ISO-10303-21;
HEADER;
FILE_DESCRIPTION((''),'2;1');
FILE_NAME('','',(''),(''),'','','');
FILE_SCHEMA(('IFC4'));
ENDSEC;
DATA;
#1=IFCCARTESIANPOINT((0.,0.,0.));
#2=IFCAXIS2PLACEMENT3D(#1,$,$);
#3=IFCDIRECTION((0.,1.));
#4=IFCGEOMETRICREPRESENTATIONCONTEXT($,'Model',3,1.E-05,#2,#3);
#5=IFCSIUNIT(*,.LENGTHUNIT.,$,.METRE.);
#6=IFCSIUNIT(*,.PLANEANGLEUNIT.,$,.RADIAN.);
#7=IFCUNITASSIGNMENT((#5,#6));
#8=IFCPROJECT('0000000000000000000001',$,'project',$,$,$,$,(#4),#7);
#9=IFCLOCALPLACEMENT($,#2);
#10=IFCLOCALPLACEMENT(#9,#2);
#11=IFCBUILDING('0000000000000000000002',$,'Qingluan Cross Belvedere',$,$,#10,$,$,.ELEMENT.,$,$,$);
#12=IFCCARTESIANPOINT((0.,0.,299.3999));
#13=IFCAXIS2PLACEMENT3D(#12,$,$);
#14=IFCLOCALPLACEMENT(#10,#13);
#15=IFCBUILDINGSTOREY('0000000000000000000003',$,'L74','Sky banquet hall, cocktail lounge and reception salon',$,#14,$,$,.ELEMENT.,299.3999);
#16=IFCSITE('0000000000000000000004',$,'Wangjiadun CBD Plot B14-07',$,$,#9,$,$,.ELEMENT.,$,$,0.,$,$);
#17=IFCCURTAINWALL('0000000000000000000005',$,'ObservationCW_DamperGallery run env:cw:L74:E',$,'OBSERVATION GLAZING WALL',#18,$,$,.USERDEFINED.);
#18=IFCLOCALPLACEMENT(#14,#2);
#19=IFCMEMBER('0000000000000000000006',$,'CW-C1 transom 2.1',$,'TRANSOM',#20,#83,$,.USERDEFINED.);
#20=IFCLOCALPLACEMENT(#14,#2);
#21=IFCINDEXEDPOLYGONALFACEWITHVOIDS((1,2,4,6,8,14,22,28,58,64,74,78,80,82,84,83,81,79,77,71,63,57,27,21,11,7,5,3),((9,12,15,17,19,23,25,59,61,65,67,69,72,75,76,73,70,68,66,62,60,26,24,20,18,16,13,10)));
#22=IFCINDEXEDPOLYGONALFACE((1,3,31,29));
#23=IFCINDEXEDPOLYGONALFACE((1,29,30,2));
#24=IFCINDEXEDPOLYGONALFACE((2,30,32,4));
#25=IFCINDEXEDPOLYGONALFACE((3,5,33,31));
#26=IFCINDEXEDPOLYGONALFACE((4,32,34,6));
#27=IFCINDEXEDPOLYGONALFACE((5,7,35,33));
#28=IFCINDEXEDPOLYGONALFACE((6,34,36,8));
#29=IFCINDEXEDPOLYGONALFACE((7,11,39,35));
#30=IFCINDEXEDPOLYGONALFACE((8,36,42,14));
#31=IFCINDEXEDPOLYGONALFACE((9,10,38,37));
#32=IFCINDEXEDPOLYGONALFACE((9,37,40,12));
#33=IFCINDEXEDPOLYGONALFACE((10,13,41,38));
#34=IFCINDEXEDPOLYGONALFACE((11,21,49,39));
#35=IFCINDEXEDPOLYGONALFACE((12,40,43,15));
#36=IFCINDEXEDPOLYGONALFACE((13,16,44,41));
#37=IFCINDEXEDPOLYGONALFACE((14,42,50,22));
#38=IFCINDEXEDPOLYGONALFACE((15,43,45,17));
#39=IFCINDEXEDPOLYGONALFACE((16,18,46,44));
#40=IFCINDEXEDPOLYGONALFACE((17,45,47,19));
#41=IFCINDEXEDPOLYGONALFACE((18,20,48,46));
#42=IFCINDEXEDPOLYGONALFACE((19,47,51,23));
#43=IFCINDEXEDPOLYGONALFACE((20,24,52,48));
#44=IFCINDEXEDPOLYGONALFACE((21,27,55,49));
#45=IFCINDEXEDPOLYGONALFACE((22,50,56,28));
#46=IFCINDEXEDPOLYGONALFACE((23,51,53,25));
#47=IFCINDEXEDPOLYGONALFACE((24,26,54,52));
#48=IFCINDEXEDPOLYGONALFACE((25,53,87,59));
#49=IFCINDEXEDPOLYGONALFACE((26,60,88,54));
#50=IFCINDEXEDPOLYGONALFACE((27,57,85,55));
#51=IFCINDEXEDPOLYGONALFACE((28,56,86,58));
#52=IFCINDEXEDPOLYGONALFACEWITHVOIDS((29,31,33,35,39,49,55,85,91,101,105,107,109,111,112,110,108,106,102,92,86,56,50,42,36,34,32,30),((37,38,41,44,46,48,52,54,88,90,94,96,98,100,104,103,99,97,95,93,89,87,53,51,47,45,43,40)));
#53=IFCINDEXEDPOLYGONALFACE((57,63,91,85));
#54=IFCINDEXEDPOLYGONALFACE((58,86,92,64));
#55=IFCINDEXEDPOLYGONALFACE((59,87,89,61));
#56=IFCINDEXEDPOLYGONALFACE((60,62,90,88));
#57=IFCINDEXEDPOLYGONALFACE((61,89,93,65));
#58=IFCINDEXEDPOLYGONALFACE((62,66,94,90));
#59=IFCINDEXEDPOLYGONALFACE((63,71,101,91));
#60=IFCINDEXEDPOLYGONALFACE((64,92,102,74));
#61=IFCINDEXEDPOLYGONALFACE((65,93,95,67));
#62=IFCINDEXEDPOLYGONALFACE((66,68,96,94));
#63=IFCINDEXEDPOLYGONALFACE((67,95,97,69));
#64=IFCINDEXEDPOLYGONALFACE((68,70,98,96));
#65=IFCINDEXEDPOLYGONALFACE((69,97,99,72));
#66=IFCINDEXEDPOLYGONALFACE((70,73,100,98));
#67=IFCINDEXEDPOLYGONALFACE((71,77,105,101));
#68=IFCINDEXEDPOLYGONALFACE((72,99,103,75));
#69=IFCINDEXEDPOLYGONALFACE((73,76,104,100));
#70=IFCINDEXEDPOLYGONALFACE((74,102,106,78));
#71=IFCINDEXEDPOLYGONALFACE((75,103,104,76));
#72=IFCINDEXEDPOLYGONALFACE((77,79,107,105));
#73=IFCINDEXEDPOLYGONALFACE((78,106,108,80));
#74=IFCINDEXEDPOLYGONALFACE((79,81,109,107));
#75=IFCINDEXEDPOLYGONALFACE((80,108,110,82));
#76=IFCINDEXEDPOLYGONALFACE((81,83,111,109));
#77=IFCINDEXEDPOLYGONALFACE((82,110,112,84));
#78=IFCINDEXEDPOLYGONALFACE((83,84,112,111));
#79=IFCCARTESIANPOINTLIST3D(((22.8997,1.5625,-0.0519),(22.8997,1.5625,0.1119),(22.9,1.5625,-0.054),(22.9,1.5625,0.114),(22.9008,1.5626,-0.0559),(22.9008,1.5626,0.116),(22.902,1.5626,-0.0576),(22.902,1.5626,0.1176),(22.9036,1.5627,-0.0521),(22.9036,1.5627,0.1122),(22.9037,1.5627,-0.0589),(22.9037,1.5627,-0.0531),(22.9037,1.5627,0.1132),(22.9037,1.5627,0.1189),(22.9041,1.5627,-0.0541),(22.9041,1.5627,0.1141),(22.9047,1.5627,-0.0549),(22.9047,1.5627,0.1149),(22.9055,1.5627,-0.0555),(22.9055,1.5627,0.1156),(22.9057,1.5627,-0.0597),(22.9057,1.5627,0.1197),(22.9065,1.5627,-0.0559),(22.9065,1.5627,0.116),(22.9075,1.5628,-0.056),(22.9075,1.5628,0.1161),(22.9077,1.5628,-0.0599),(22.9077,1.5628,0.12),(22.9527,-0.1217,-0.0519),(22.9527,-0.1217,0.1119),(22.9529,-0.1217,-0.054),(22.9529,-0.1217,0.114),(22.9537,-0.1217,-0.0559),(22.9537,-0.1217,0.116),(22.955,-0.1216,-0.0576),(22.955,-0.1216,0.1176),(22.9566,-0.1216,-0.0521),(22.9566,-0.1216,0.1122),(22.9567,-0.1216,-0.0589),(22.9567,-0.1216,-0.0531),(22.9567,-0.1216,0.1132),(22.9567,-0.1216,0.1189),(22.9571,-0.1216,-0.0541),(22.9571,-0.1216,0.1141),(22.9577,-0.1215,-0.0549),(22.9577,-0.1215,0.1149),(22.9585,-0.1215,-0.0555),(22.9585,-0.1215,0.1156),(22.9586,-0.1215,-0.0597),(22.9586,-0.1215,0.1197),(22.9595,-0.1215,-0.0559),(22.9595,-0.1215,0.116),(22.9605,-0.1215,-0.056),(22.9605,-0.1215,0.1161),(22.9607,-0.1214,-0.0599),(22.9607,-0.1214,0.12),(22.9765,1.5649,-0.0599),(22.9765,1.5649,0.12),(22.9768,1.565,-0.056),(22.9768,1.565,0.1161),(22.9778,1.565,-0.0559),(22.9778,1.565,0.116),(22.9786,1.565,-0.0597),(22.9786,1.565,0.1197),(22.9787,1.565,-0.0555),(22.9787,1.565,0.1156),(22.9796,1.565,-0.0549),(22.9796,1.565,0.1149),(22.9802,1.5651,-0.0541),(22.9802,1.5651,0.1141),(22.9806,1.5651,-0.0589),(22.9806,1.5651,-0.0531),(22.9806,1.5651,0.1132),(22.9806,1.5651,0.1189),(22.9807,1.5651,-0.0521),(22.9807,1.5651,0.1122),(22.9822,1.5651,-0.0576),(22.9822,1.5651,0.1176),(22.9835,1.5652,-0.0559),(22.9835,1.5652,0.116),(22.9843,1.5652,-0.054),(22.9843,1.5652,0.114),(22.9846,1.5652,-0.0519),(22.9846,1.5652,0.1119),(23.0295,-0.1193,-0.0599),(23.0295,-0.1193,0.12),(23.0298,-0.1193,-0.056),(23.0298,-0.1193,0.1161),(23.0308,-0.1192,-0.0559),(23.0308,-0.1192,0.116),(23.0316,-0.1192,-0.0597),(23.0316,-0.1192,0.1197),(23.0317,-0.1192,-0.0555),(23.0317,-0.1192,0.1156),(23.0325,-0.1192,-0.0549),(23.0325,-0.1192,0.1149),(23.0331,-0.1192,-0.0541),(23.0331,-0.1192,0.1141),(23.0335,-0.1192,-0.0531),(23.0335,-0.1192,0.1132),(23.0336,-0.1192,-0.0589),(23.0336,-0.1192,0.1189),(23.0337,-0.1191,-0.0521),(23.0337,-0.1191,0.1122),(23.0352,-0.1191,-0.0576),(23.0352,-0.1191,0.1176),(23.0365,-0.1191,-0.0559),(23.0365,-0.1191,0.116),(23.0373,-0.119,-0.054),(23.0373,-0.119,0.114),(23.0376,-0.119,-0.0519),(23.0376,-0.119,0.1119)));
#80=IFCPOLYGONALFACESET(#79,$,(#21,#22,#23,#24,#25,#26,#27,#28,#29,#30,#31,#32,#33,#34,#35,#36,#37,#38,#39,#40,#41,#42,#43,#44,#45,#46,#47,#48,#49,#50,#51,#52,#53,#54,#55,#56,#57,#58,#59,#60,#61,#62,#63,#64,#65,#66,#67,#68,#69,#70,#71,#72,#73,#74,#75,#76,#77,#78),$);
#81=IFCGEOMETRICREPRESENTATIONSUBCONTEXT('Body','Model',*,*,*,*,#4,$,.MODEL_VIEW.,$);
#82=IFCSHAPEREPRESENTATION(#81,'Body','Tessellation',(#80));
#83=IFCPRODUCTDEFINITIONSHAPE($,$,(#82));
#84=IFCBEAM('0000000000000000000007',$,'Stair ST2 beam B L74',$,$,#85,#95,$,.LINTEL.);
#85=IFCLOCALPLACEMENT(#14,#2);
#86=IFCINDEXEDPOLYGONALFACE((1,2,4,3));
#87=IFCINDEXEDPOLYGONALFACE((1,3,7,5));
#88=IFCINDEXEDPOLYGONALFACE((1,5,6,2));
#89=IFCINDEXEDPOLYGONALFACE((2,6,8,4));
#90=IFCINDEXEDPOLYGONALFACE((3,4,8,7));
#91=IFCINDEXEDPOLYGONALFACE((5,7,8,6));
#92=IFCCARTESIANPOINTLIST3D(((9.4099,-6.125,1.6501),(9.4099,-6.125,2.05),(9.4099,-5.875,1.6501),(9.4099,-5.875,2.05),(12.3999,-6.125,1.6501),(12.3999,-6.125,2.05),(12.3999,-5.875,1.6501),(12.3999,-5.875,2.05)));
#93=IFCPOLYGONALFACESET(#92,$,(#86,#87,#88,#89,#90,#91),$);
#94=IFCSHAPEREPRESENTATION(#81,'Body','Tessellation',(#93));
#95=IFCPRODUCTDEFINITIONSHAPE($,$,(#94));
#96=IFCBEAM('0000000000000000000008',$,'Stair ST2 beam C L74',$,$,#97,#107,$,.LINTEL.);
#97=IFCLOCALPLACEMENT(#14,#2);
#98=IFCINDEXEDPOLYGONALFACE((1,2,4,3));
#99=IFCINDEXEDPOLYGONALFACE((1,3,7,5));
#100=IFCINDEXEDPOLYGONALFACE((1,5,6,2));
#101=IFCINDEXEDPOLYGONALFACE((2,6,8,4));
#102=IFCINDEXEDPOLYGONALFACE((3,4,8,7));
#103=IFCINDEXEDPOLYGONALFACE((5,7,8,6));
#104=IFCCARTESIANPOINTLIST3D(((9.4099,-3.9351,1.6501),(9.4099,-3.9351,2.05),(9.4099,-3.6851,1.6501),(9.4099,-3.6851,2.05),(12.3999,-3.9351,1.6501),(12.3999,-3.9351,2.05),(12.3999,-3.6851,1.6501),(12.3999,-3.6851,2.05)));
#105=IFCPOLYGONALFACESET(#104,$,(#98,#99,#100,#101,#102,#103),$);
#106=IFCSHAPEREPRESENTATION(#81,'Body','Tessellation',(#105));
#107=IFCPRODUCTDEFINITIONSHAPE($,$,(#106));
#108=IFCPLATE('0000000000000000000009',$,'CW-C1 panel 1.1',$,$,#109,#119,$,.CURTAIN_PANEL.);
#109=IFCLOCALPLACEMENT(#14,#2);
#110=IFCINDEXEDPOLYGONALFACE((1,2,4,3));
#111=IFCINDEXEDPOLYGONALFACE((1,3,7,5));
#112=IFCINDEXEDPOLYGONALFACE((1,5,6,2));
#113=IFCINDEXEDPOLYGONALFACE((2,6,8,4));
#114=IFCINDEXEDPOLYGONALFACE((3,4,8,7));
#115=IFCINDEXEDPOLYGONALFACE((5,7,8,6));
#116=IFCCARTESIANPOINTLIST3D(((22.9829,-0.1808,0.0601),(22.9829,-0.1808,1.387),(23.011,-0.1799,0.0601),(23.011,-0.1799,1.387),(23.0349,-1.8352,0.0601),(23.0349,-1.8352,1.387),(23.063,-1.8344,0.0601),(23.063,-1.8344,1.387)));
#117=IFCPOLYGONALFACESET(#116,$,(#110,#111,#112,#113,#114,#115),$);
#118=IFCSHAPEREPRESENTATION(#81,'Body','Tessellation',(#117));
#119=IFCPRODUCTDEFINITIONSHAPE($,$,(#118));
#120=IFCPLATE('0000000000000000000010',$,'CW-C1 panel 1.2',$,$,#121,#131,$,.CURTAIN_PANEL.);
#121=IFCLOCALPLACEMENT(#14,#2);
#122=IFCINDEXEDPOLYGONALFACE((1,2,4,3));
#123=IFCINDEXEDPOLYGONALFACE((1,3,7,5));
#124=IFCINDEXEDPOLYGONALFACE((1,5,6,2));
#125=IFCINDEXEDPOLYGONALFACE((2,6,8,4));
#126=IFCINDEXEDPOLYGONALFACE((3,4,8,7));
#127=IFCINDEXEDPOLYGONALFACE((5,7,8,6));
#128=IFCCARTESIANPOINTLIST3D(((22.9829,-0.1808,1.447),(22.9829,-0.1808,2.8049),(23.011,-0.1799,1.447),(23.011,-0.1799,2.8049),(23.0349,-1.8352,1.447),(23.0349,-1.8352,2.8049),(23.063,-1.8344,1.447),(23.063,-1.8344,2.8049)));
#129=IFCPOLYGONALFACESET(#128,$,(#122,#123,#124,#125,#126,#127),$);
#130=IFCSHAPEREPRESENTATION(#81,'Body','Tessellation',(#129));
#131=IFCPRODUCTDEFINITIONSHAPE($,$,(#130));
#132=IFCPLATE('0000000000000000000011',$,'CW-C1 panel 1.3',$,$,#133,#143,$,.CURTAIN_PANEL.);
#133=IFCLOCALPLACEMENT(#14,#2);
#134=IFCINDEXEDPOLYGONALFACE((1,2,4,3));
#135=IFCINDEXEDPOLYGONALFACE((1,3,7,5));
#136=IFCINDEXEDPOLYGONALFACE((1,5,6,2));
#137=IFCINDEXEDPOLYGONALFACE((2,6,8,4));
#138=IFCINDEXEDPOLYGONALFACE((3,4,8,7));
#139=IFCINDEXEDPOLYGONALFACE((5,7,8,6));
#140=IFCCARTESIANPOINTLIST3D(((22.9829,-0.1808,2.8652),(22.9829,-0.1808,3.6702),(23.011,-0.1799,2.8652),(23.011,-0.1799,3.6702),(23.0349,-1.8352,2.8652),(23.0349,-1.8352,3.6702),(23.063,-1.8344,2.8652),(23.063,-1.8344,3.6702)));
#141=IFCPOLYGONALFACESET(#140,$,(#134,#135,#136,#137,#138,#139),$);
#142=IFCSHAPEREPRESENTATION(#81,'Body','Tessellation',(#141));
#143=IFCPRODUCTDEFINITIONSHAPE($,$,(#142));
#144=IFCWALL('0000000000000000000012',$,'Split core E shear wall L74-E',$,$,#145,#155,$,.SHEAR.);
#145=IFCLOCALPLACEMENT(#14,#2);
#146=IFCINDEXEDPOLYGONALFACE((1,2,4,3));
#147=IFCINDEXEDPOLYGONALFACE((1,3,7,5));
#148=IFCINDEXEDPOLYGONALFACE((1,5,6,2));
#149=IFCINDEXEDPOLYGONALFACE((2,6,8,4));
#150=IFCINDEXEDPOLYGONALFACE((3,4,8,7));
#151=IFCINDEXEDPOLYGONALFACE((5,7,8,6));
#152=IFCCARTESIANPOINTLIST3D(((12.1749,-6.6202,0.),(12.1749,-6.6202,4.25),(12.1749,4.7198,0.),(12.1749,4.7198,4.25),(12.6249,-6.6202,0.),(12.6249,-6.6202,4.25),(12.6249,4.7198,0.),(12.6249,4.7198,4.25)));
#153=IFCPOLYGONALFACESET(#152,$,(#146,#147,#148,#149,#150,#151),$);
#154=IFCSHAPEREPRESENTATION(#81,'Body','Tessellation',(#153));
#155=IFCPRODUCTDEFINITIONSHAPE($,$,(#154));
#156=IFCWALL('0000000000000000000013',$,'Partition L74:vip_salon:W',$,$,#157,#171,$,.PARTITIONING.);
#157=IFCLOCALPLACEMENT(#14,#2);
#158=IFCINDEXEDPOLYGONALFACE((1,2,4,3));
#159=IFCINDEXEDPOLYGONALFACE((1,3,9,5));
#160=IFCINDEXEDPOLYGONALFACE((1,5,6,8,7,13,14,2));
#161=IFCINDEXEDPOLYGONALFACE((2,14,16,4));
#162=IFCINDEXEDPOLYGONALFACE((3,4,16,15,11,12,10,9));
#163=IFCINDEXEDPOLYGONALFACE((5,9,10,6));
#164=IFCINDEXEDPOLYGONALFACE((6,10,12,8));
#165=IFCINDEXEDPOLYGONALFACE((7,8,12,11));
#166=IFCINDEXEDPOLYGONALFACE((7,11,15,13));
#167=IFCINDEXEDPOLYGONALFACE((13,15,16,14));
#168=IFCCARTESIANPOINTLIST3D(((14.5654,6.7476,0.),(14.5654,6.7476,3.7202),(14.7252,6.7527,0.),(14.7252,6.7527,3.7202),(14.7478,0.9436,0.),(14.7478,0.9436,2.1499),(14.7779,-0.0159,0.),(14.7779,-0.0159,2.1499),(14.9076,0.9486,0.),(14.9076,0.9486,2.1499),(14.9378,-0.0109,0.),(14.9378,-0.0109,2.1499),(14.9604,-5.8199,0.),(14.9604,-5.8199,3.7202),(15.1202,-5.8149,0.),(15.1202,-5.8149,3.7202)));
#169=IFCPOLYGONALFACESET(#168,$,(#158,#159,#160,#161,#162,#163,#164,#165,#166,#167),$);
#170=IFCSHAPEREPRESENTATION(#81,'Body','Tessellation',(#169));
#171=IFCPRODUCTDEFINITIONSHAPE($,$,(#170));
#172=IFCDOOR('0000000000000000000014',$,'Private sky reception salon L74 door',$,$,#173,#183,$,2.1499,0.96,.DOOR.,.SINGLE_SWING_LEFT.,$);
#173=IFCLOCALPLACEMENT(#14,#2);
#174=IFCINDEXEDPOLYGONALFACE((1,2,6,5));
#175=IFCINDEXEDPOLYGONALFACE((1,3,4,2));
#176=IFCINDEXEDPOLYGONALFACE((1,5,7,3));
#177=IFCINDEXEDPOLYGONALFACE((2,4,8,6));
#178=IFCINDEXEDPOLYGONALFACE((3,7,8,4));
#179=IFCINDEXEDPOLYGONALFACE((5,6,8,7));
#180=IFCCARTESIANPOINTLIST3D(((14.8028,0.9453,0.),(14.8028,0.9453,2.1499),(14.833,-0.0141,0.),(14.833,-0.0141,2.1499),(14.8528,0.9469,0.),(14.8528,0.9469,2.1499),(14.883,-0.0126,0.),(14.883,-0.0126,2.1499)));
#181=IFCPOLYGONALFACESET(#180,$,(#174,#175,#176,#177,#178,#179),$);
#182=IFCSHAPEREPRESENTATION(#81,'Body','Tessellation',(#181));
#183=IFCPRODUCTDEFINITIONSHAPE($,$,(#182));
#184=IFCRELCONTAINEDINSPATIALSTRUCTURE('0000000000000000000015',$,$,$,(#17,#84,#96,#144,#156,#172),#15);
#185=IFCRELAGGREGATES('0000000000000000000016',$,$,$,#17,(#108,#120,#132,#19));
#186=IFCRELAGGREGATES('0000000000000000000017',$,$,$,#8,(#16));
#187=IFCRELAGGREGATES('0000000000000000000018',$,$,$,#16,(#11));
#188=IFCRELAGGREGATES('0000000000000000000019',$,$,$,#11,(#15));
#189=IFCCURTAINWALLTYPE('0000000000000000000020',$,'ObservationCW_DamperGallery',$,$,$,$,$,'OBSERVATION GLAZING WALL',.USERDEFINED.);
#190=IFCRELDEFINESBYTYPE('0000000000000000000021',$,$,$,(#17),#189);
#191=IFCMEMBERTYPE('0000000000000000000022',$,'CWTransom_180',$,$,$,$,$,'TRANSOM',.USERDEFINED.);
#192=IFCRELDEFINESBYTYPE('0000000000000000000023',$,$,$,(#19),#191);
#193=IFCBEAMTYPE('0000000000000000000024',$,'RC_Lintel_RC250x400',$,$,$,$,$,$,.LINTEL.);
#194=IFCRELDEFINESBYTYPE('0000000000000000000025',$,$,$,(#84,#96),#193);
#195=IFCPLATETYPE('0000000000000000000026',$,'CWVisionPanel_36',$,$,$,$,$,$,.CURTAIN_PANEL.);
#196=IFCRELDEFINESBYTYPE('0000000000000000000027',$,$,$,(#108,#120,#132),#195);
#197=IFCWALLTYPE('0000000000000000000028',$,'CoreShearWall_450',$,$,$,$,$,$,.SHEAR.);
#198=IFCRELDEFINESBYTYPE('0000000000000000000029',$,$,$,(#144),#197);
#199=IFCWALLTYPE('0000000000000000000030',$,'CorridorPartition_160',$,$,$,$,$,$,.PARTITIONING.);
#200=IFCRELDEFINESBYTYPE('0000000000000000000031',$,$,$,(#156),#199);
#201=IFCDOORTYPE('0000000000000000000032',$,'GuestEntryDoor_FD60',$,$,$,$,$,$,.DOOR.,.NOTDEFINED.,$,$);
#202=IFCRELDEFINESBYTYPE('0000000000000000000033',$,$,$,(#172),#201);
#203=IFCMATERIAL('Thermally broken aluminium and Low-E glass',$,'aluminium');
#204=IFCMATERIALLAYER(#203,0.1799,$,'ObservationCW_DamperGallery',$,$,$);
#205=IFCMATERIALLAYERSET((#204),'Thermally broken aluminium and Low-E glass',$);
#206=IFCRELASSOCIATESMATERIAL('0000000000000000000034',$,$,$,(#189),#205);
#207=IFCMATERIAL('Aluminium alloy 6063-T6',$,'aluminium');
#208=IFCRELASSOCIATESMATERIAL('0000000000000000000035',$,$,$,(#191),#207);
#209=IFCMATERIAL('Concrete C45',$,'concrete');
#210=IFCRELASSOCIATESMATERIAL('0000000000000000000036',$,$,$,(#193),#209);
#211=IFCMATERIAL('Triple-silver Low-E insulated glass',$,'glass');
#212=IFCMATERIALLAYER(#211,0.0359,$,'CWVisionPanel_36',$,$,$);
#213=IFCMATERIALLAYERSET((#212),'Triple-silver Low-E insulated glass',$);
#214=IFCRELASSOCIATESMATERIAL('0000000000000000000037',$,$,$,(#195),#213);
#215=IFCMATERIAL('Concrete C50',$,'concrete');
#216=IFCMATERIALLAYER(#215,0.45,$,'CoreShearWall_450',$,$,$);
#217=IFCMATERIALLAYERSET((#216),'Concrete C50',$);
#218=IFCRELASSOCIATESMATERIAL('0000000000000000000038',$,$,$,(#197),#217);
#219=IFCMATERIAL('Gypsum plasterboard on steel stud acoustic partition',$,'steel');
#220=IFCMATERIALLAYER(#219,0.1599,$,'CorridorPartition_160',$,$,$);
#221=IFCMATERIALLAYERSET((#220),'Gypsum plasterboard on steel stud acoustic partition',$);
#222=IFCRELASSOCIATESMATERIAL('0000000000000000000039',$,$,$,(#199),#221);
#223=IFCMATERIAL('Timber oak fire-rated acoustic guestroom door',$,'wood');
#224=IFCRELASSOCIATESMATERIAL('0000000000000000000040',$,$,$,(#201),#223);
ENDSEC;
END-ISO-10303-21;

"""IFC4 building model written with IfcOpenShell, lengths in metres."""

from ifc_helpers import new_model, si_unit, direction, frame, frame_2d, origin, origin_2d, place, context, subcontext, project, spatial, rectangle, hollow_rectangle, extrude, material, layer, layer_set, material_profile, profile_set, type_object, element, fill, aggregate, save


model = new_model("IFC4")

# Units and contexts
model_context = context("Model", 3, precision=1e-05, world=origin(), true_north=direction((0.0, 1.0)))
body_context = subcontext(model_context, "Body", "Model", "MODEL_VIEW")
ifc_project = project(units=[si_unit("LENGTHUNIT", "METRE"), si_unit("PLANEANGLEUNIT", "RADIAN")], contexts=[model_context])

# Site, building, storey
site_placement = place(None, origin())
site = spatial("IfcSite", under=ifc_project, at=site_placement, Name="Wangjiadun CBD Plot B14-07", CompositionType="ELEMENT", RefElevation=0.0)
building_placement = place(site_placement, origin())
building = spatial("IfcBuilding", under=site, at=building_placement, Name="Qingluan Cross Belvedere", CompositionType="ELEMENT")
storey_placement = place(building_placement, frame((0.0, 0.0, 299.3999)))
storey = spatial("IfcBuildingStorey", under=building, at=storey_placement, Name="L74", Description="Sky banquet hall, cocktail lounge and reception salon", CompositionType="ELEMENT", Elevation=299.3999)

# Curtain wall, member
ifc_material_1 = material(Name="Thermally broken aluminium and Low-E glass", Category="aluminium")
ifc_layer_1 = layer(ifc_material_1, 0.1799, Name="ObservationCW_DamperGallery")
ifc_layer_set_1 = layer_set([ifc_layer_1], Name="Thermally broken aluminium and Low-E glass")
curtain_wall_type = type_object("IfcCurtainWallType", Name="ObservationCW_DamperGallery", ElementType="OBSERVATION GLAZING WALL", PredefinedType="USERDEFINED", material=ifc_layer_set_1)
curtain_wall_placement = place(storey_placement, origin())
curtain_wall = element("IfcCurtainWall", 1, at=curtain_wall_placement, inside=storey, type_object=curtain_wall_type, Name="ObservationCW_DamperGallery run env:cw:L74:E", ObjectType="OBSERVATION GLAZING WALL", PredefinedType="USERDEFINED")
ifc_material_2 = material(Name="Aluminium alloy 6063-T6", Category="aluminium")
ifc_material_profile_1 = material_profile(ifc_material_2, hollow_rectangle(XDim=0.085, YDim=0.1799, WallThickness=0.0039, InnerFilletRadius=0.0039, OuterFilletRadius=0.0081, at=origin_2d()), Name="CWT180x85x4")
ifc_profile_set_1 = profile_set([ifc_material_profile_1], Name="Aluminium alloy 6063-T6")
member_type_1 = type_object("IfcMemberType", Name="CWTransom_180", ElementType="TRANSOM", PredefinedType="USERDEFINED", material=ifc_profile_set_1)
member_1_placement = place(storey_placement, frame((22.9951, -0.1204, 0.03), z_axis=(-0.031438, 0.999506, 0.0), x_axis=(-0.999506, -0.031438, 0.0)))
member_1 = element("IfcMember", 2, at=member_1_placement, type_object=member_type_1, Name="CW-C1 transom 2.1", ObjectType="TRANSOM", PredefinedType="USERDEFINED", context=body_context, shape_type="SweptSolid", body=[
    extrude(hollow_rectangle(XDim=0.085, YDim=0.1799, WallThickness=0.0039, InnerFilletRadius=0.0039, OuterFilletRadius=0.0081, at=origin_2d()), origin(), (0.0, 0.0, 1.0), 1.6851),
])

# Beams
ifc_material_3 = material(Name="Concrete C45", Category="concrete")
ifc_material_profile_2 = material_profile(ifc_material_3, rectangle(XDim=0.25, YDim=0.3999, at=origin_2d()), Name="RC250x400")
ifc_profile_set_2 = profile_set([ifc_material_profile_2], Name="Concrete C45")
beam_type = type_object("IfcBeamType", Name="RC_Lintel_RC250x400", PredefinedType="LINTEL", material=ifc_profile_set_2)
for number, where, z_axis, x_axis, name in (
    (3, (12.3999, -6.0, 1.8501), (-1.0, 0.0, 0.0), (0.0, -1.0, 0.0), "Stair ST2 beam B L74"),
    (4, (12.3999, -3.8101, 1.8501), (-1.0, 0.0, 0.0), (0.0, -1.0, 0.0), "Stair ST2 beam C L74"),
):
    element("IfcBeam", number, at=place(storey_placement, frame(where, z_axis=z_axis, x_axis=x_axis)), inside=storey, type_object=beam_type, Name=name, PredefinedType="LINTEL", context=body_context, shape_type="SweptSolid", body=[
        extrude(rectangle(XDim=0.25, YDim=0.3999, at=origin_2d()), origin(), (0.0, 0.0, 1.0), 2.99),
    ])

# Plates
ifc_material_4 = material(Name="Triple-silver Low-E insulated glass", Category="glass")
ifc_layer_2 = layer(ifc_material_4, 0.0359, Name="CWVisionPanel_36")
ifc_layer_set_2 = layer_set([ifc_layer_2], Name="Triple-silver Low-E insulated glass")
plate_type = type_object("IfcPlateType", Name="CWVisionPanel_36", PredefinedType="CURTAIN_PANEL", material=ifc_layer_set_2)
plate_1_placement = place(storey_placement, frame((23.0229, -1.0076, 0.0601), z_axis=(0.0, 0.0, 1.0), x_axis=(-0.031417, 0.999506, 0.0)))
plate_1 = element("IfcPlate", 5, at=plate_1_placement, type_object=plate_type, Name="CW-C1 panel 1.1", PredefinedType="CURTAIN_PANEL", context=body_context, shape_type="SweptSolid", body=[
    extrude(rectangle(XDim=1.6553, YDim=0.0281, at=origin_2d()), origin(), (0.0, 0.0, 1.0), 1.3269),
])
plate_2_placement = place(storey_placement, frame((23.0229, -1.0076, 1.447), z_axis=(0.0, 0.0, 1.0), x_axis=(-0.031417, 0.999506, 0.0)))
plate_2 = element("IfcPlate", 6, at=plate_2_placement, type_object=plate_type, Name="CW-C1 panel 1.2", PredefinedType="CURTAIN_PANEL", context=body_context, shape_type="SweptSolid", body=[
    extrude(rectangle(XDim=1.6553, YDim=0.0281, at=origin_2d()), origin(), (0.0, 0.0, 1.0), 1.3579),
])
plate_3_placement = place(storey_placement, frame((23.0229, -1.0076, 2.8652), z_axis=(0.0, 0.0, 1.0), x_axis=(-0.031417, 0.999506, 0.0)))
plate_3 = element("IfcPlate", 7, at=plate_3_placement, type_object=plate_type, Name="CW-C1 panel 1.3", PredefinedType="CURTAIN_PANEL", context=body_context, shape_type="SweptSolid", body=[
    extrude(rectangle(XDim=1.6553, YDim=0.0281, at=origin_2d()), origin(), (0.0, 0.0, 1.0), 0.8049),
])
aggregate(curtain_wall, [plate_1, plate_2, plate_3, member_1])

# Wall
ifc_material_5 = material(Name="Concrete C50", Category="concrete")
ifc_layer_3 = layer(ifc_material_5, 0.45, Name="CoreShearWall_450")
ifc_layer_set_3 = layer_set([ifc_layer_3], Name="Concrete C50")
wall_type_1 = type_object("IfcWallType", Name="CoreShearWall_450", PredefinedType="SHEAR", material=ifc_layer_set_3)
wall_1_placement = place(storey_placement, frame((12.3999, -6.6201, 0.0), z_axis=(0.0, 0.0, 1.0), x_axis=(0.0, 1.0, 0.0)))
element("IfcWall", 8, at=wall_1_placement, inside=storey, type_object=wall_type_1, Name="Split core E shear wall L74-E", PredefinedType="SHEAR", context=body_context, shape_type="SweptSolid", body=[
    extrude(rectangle(XDim=11.3401, YDim=0.45, at=frame_2d((5.6699, 0.0))), origin(), (0.0, 0.0, 1.0), 4.25),
])

# Wall, opening, door
ifc_material_6 = material(Name="Gypsum plasterboard on steel stud acoustic partition", Category="steel")
ifc_layer_4 = layer(ifc_material_6, 0.1599, Name="CorridorPartition_160")
ifc_layer_set_4 = layer_set([ifc_layer_4], Name="Gypsum plasterboard on steel stud acoustic partition")
wall_type_2 = type_object("IfcWallType", Name="CorridorPartition_160", PredefinedType="PARTITIONING", material=ifc_layer_set_4)
wall_2_placement = place(storey_placement, frame((15.0403, -5.8174, 0.0), z_axis=(0.0, 0.0, 1.0), x_axis=(-0.031416, 0.999506, 0.0)))
wall_2 = element("IfcWall", 9, at=wall_2_placement, inside=storey, type_object=wall_type_2, Name="Partition L74:vip_salon:W", PredefinedType="PARTITIONING", context=body_context, shape_type="SweptSolid", body=[
    extrude(rectangle(XDim=12.5737, YDim=0.1599, at=frame_2d((6.2869, 0.0))), origin(), (0.0, 0.0, 1.0), 3.7202),
])
opening_1_placement = place(wall_2_placement, frame((5.8069, 0.0, 0.0)))
opening_1 = element("IfcOpeningElement", 10, at=opening_1_placement, cuts=wall_2, PredefinedType="OPENING", context=body_context, shape_type="SweptSolid", body=[
    extrude(rectangle(XDim=0.96, YDim=2.1499, at=frame_2d((0.48, 1.075))), frame((0.0, 0.0898, 0.0), z_axis=(0.0, -1.0, 0.0), x_axis=(1.0, 0.0, 0.0)), (0.0, 0.0, 1.0), 0.1799),
])
ifc_material_7 = material(Name="Timber oak fire-rated acoustic guestroom door", Category="wood")
door_type = type_object("IfcDoorType", Name="GuestEntryDoor_FD60", OperationType="NOTDEFINED", PredefinedType="DOOR", material=ifc_material_7)
door_placement = place(opening_1_placement, origin())
door = element("IfcDoor", 11, at=door_placement, inside=storey, type_object=door_type, Name="Private sky reception salon L74 door", OperationType="SINGLE_SWING_LEFT", OverallHeight=2.1499, OverallWidth=0.96, PredefinedType="DOOR", context=body_context, shape_type="SweptSolid", body=[
    extrude(rectangle(XDim=0.96, YDim=2.1499, at=frame_2d((0.48, 1.075))), frame((0.0, 0.0249, 0.0), z_axis=(0.0, -1.0, 0.0), x_axis=(1.0, 0.0, 0.0)), (0.0, 0.0, 1.0), 0.05),
])
fill(opening_1, door)

save(model, "model.ifc")
